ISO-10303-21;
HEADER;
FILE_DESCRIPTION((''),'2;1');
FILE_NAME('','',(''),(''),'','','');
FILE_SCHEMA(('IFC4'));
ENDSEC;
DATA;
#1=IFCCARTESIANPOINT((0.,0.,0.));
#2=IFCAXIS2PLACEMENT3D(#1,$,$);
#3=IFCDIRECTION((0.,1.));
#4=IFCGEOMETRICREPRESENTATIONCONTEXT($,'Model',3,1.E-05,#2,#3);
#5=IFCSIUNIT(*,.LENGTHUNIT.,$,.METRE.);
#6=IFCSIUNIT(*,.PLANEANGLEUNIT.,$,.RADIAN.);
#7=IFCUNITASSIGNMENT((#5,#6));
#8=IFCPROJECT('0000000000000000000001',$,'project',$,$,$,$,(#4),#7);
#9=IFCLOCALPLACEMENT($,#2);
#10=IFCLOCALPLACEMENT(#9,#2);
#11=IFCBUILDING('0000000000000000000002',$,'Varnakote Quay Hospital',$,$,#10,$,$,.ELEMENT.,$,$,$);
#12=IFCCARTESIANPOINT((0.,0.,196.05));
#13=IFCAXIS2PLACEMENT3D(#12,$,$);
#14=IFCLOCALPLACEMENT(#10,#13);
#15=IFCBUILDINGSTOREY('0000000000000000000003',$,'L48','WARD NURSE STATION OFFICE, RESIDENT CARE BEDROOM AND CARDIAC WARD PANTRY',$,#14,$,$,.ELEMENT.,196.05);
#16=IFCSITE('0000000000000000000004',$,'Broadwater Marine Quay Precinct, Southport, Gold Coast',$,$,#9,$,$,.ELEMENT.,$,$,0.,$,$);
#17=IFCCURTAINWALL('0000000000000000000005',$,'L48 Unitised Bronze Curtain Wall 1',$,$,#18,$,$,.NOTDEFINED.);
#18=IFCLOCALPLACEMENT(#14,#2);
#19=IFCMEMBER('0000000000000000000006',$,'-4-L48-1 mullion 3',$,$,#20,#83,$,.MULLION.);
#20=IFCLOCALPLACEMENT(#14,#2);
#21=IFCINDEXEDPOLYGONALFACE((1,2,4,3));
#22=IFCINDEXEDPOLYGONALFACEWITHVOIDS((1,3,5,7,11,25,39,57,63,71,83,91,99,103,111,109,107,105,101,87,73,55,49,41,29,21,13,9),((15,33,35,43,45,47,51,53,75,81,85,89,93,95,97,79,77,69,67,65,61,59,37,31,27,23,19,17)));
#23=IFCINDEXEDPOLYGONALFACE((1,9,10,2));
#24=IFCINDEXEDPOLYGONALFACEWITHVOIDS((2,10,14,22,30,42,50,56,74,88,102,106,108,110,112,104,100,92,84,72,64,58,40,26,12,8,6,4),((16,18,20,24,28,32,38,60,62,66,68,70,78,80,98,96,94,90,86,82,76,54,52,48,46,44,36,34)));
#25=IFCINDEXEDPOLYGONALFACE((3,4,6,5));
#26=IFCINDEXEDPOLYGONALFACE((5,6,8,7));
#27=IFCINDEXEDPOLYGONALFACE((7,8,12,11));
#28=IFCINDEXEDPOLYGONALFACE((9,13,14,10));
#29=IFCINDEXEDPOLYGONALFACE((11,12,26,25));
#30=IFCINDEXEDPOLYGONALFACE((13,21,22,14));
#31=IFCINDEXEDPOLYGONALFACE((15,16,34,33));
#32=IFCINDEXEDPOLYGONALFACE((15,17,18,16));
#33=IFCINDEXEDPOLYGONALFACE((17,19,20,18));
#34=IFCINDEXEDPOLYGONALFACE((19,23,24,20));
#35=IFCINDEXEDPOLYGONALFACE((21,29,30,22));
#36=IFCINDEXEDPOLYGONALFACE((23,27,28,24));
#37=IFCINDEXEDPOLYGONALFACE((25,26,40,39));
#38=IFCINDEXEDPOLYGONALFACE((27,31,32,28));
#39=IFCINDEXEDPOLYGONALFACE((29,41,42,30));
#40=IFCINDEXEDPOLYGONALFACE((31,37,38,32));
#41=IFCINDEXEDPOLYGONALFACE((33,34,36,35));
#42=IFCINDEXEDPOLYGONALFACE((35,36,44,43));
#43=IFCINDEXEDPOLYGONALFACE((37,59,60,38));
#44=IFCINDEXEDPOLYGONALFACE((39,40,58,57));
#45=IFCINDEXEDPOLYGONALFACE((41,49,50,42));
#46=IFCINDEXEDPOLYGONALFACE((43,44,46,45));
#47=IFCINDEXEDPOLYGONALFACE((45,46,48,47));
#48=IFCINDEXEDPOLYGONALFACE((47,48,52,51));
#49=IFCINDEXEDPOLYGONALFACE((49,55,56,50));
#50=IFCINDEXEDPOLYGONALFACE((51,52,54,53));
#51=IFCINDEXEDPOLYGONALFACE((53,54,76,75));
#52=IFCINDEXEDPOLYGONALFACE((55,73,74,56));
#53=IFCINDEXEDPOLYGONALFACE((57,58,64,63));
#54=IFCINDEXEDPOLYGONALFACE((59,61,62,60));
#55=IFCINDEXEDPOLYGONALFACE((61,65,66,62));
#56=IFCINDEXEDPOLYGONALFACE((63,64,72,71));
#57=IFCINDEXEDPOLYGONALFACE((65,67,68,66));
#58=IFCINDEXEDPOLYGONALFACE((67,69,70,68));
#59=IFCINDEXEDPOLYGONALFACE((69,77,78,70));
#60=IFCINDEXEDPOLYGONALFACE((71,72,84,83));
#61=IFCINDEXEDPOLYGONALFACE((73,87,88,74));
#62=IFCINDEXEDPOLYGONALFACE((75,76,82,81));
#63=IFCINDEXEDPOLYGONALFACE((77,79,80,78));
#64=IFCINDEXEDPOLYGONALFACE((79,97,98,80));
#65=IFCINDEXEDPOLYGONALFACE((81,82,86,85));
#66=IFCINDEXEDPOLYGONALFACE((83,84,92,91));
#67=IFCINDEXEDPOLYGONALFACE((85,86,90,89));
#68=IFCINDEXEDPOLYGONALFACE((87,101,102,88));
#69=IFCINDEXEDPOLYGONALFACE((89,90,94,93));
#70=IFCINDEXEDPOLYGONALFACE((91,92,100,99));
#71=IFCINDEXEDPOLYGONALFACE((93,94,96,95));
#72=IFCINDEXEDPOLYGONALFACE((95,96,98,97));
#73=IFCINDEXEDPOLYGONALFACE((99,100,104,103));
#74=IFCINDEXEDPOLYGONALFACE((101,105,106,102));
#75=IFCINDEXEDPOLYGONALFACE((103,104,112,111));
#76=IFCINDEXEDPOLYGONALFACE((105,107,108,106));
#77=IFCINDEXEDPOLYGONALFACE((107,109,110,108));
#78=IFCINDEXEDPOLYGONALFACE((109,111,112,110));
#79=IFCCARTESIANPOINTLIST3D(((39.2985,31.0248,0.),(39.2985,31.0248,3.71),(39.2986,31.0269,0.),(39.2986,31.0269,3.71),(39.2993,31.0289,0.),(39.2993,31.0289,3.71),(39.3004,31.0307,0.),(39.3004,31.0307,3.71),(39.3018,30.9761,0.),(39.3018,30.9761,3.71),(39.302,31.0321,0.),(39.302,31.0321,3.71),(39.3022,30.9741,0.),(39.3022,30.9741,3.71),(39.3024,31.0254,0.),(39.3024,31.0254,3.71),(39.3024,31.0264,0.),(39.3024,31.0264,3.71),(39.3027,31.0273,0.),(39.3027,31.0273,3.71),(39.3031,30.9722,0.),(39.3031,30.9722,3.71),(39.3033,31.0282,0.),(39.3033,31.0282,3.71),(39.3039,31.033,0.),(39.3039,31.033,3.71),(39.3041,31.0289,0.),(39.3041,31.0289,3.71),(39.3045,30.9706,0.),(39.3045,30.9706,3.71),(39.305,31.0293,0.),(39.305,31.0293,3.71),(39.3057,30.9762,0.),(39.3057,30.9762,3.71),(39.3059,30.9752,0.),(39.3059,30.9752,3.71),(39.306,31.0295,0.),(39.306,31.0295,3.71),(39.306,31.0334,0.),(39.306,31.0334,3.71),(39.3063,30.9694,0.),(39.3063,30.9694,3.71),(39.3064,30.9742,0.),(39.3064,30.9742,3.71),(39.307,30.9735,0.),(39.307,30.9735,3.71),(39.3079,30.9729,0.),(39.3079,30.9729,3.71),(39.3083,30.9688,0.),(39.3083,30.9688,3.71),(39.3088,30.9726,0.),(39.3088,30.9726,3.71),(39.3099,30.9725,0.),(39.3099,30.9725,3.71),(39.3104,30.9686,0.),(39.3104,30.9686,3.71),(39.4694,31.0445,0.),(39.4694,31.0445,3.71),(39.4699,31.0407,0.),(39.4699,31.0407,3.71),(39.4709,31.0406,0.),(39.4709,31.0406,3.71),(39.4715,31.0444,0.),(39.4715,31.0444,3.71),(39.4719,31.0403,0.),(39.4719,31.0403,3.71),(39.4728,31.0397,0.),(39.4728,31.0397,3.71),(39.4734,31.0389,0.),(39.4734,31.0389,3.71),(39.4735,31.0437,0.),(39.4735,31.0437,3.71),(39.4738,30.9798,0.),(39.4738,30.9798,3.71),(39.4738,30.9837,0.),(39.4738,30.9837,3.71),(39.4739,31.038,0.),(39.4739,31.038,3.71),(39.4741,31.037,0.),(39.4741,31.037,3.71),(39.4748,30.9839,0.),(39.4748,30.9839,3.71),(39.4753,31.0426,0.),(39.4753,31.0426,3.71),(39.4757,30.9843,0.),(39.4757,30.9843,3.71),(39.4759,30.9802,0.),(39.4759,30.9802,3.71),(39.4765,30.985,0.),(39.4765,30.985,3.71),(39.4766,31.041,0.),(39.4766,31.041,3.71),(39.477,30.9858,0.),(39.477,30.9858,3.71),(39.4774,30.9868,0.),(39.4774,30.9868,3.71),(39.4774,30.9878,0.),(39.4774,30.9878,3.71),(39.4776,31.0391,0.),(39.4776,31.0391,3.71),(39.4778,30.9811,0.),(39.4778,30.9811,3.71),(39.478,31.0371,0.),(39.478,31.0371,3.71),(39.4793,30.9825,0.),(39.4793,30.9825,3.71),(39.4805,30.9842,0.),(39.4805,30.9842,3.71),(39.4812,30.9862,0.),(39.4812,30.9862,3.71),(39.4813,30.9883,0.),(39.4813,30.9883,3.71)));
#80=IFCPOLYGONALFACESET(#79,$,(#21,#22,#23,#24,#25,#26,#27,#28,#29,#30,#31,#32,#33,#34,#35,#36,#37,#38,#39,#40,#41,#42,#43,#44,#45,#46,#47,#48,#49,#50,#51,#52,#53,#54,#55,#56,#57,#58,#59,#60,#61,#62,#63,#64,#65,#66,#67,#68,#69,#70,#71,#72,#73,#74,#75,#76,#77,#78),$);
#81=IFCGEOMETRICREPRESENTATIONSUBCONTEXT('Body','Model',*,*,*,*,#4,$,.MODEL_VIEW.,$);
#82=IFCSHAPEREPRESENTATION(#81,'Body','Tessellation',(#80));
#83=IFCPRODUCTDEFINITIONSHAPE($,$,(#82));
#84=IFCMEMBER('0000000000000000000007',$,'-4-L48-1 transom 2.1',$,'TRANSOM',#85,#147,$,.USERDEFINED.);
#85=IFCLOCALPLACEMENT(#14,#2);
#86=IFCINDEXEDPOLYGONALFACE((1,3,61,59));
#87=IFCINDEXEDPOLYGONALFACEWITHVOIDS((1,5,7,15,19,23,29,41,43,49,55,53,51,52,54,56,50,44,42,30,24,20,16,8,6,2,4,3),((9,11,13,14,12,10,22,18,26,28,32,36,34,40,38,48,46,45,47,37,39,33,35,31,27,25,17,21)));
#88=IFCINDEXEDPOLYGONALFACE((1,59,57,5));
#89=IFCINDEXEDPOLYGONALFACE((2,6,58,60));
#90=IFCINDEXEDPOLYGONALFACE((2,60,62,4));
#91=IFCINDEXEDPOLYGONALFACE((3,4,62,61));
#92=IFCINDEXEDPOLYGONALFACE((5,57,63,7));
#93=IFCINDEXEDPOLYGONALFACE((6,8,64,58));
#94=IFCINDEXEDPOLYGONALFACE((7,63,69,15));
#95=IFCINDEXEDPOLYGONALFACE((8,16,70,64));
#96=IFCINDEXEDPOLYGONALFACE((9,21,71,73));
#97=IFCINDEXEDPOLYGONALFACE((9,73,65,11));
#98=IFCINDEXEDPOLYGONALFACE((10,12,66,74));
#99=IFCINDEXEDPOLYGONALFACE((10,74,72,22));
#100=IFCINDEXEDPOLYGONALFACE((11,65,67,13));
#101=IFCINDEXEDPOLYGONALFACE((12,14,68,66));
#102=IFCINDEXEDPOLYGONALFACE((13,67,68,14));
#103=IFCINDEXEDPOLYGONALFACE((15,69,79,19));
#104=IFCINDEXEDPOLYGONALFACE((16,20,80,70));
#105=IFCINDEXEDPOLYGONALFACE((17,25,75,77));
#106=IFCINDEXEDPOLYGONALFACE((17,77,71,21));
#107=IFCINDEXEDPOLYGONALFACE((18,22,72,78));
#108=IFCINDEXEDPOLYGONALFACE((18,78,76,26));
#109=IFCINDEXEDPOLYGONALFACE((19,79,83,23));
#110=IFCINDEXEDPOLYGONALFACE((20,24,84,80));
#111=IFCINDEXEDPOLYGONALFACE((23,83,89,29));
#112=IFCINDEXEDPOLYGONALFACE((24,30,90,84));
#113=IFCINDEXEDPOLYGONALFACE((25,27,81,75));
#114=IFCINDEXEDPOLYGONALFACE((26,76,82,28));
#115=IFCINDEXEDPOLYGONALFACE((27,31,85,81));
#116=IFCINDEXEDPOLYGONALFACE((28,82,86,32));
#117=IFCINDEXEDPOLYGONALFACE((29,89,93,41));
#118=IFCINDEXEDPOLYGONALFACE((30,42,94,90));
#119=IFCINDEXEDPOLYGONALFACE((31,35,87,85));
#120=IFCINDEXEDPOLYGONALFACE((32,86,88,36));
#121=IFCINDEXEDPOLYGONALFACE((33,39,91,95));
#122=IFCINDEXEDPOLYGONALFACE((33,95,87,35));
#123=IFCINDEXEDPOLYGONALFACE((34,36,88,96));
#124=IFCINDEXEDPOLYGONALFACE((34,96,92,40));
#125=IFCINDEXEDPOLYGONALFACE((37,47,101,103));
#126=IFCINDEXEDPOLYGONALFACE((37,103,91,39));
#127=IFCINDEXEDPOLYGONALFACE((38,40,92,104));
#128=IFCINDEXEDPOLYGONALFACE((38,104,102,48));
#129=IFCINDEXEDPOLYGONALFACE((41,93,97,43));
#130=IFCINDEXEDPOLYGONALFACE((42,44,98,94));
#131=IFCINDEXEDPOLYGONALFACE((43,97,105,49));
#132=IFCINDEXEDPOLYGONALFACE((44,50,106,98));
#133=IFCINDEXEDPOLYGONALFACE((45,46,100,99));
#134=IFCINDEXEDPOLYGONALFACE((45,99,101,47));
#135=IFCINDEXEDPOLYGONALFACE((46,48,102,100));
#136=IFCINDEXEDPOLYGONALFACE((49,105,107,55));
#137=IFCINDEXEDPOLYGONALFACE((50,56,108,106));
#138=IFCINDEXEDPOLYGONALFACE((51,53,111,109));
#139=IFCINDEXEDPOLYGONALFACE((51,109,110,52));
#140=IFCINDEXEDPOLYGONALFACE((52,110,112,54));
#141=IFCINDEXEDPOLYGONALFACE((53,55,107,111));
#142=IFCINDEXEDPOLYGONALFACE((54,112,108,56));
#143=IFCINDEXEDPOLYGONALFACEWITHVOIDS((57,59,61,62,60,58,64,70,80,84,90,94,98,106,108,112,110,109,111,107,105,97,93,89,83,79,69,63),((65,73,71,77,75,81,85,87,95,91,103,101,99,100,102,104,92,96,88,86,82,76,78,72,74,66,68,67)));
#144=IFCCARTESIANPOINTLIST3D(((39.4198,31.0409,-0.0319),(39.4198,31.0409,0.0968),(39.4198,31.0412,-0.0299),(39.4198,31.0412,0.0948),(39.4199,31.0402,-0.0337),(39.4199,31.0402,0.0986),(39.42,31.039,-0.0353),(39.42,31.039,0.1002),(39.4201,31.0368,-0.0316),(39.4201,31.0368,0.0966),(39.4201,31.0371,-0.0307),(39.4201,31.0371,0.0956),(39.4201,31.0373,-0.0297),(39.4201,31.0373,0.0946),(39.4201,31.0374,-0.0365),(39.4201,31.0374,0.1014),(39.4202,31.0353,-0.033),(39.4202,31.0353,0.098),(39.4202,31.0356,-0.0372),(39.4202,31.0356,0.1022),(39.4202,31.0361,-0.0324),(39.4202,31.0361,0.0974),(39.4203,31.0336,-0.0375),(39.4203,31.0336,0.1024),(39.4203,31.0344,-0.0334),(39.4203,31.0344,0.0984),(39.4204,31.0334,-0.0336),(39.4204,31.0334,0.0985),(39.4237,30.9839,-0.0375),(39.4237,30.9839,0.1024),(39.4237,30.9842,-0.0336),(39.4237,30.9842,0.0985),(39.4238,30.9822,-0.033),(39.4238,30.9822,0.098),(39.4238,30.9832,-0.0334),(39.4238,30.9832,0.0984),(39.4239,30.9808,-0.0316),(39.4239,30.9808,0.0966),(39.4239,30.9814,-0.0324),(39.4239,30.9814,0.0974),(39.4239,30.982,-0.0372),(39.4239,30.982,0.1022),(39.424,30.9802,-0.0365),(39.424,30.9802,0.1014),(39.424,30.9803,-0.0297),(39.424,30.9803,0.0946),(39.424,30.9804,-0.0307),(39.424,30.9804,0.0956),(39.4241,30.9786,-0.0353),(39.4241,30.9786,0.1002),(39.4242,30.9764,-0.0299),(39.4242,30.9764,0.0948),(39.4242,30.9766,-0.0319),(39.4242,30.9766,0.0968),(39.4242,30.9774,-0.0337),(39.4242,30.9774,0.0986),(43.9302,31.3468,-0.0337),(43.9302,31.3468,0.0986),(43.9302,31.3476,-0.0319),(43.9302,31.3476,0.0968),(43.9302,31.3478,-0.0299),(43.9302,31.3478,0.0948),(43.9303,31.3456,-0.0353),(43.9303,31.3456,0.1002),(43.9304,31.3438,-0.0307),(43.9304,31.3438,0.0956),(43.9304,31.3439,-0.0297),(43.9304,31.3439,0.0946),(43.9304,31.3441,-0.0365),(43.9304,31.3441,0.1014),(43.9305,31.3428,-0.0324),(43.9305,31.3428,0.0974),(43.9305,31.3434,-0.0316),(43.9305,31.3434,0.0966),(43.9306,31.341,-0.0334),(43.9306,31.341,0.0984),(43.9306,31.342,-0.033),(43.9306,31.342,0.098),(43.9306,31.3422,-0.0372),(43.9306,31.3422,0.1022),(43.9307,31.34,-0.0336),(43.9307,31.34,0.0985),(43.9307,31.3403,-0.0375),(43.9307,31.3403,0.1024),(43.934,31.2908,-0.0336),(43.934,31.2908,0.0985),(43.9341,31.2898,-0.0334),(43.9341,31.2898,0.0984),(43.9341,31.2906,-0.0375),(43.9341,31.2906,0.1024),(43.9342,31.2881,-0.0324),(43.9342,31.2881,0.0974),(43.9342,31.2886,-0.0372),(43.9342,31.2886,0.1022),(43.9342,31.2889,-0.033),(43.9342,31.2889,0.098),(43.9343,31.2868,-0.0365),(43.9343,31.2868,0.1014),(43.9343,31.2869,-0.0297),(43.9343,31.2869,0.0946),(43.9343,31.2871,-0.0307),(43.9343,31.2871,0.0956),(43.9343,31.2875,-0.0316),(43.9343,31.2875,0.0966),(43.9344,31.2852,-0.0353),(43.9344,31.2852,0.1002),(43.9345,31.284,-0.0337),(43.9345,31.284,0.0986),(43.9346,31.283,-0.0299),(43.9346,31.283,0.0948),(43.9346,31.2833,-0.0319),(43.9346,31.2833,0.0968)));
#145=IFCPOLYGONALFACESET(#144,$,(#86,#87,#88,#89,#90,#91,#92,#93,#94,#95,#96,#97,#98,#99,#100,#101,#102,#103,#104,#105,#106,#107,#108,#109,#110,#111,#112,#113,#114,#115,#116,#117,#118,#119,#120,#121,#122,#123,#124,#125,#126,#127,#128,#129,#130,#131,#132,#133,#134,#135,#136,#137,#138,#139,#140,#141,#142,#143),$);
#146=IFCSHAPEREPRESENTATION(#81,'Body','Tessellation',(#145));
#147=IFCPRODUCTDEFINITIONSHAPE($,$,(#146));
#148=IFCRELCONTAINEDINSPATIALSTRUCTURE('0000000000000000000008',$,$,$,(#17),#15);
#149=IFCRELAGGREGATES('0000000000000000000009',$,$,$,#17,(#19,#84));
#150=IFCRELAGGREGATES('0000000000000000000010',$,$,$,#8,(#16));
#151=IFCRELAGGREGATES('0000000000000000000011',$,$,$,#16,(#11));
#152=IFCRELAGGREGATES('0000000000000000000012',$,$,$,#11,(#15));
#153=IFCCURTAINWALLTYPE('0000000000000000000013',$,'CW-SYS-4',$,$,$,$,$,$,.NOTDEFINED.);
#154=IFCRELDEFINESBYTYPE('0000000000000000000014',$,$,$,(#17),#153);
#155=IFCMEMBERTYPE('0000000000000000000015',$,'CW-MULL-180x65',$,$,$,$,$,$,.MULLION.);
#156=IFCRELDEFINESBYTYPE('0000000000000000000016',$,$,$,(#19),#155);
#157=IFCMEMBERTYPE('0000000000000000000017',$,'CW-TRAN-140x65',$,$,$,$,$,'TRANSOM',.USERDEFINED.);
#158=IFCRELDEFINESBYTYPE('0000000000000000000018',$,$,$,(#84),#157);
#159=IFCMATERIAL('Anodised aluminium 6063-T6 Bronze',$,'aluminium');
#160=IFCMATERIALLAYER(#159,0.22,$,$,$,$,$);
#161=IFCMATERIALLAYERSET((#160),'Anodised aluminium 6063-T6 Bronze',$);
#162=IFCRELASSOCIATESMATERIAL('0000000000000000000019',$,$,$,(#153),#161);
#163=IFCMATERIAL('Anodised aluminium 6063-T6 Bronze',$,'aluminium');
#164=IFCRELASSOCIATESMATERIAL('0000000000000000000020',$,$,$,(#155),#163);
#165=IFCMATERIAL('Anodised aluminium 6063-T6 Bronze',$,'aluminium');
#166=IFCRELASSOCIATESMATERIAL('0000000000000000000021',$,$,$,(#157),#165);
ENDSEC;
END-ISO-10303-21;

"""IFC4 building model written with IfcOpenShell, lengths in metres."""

from ifc_helpers import new_model, si_unit, direction, frame, origin, origin_2d, place, context, subcontext, project, spatial, hollow_rectangle, extrude, material, layer, layer_set, material_profile, profile_set, type_object, element, aggregate, save


model = new_model("IFC4")

# Units and contexts
model_context = context("Model", 3, precision=1e-05, world=origin(), true_north=direction((0.0, 1.0)))
body_context = subcontext(model_context, "Body", "Model", "MODEL_VIEW")
ifc_project = project(units=[si_unit("LENGTHUNIT", "METRE"), si_unit("PLANEANGLEUNIT", "RADIAN")], contexts=[model_context])

# Site, building, storey
site_placement = place(None, origin())
site = spatial("IfcSite", under=ifc_project, at=site_placement, Name="Broadwater Marine Quay Precinct, Southport, Gold Coast", CompositionType="ELEMENT", RefElevation=0.0)
building_placement = place(site_placement, origin())
building = spatial("IfcBuilding", under=site, at=building_placement, Name="Varnakote Quay Hospital", CompositionType="ELEMENT")
storey_placement = place(building_placement, frame((0.0, 0.0, 196.05)))
storey = spatial("IfcBuildingStorey", under=building, at=storey_placement, Name="L48", Description="WARD NURSE STATION OFFICE, RESIDENT CARE BEDROOM AND CARDIAC WARD PANTRY", CompositionType="ELEMENT", Elevation=196.05)

# Curtain wall, members
ifc_material_1 = material(Name="Anodised aluminium 6063-T6 Bronze", Category="aluminium")
ifc_layer_1 = layer(ifc_material_1, 0.22)
ifc_layer_set_1 = layer_set([ifc_layer_1], Name="Anodised aluminium 6063-T6 Bronze")
curtain_wall_type = type_object("IfcCurtainWallType", Name="CW-SYS-4", PredefinedType="NOTDEFINED", material=ifc_layer_set_1)
curtain_wall_placement = place(storey_placement, origin())
curtain_wall = element("IfcCurtainWall", 1, at=curtain_wall_placement, inside=storey, type_object=curtain_wall_type, Name="L48 Unitised Bronze Curtain Wall 1", PredefinedType="NOTDEFINED")
ifc_material_2 = material(Name="Anodised aluminium 6063-T6 Bronze", Category="aluminium")
ifc_material_profile_1 = material_profile(ifc_material_2, hollow_rectangle(XDim=0.0649, YDim=0.1799, WallThickness=0.0039, InnerFilletRadius=0.0039, OuterFilletRadius=0.0081, at=origin_2d()), Name="CW-MULL-180x65")
ifc_profile_set_1 = profile_set([ifc_material_profile_1], Name="Anodised aluminium 6063-T6 Bronze")
member_type_1 = type_object("IfcMemberType", Name="CW-MULL-180x65", PredefinedType="MULLION", material=ifc_profile_set_1)
member_1_placement = place(storey_placement, frame((39.3899, 31.0066, 0.0), z_axis=(0.0, 0.0, 1.0), x_axis=(0.067842, -0.997696, 0.0)))
member_1 = element("IfcMember", 2, at=member_1_placement, type_object=member_type_1, Name="-4-L48-1 mullion 3", PredefinedType="MULLION", context=body_context, shape_type="SweptSolid", body=[
    extrude(hollow_rectangle(XDim=0.0649, YDim=0.1799, WallThickness=0.0039, InnerFilletRadius=0.0039, OuterFilletRadius=0.0081, at=origin_2d()), origin(), (0.0, 0.0, 1.0), 3.71),
])
ifc_material_3 = material(Name="Anodised aluminium 6063-T6 Bronze", Category="aluminium")
ifc_material_profile_2 = material_profile(ifc_material_3, hollow_rectangle(XDim=0.0649, YDim=0.1399, WallThickness=0.0039, InnerFilletRadius=0.0039, OuterFilletRadius=0.0076, at=origin_2d()), Name="CW-TRAN-140x65")
ifc_profile_set_2 = profile_set([ifc_material_profile_2], Name="Anodised aluminium 6063-T6 Bronze")
member_type_2 = type_object("IfcMemberType", Name="CW-TRAN-140x65", ElementType="TRANSOM", PredefinedType="USERDEFINED", material=ifc_profile_set_2)
member_2_placement = place(storey_placement, frame((43.9324, 31.3154, 0.0325), z_axis=(-0.997697, -0.067831, 0.0), x_axis=(0.067831, -0.997697, 0.0)))
member_2 = element("IfcMember", 3, at=member_2_placement, type_object=member_type_2, Name="-4-L48-1 transom 2.1", ObjectType="TRANSOM", PredefinedType="USERDEFINED", context=body_context, shape_type="SweptSolid", body=[
    extrude(hollow_rectangle(XDim=0.0649, YDim=0.1399, WallThickness=0.0039, InnerFilletRadius=0.0039, OuterFilletRadius=0.0076, at=origin_2d()), origin(), (0.0, 0.0, 1.0), 4.5208),
])
aggregate(curtain_wall, [member_1, member_2])

save(model, "model.ifc")
